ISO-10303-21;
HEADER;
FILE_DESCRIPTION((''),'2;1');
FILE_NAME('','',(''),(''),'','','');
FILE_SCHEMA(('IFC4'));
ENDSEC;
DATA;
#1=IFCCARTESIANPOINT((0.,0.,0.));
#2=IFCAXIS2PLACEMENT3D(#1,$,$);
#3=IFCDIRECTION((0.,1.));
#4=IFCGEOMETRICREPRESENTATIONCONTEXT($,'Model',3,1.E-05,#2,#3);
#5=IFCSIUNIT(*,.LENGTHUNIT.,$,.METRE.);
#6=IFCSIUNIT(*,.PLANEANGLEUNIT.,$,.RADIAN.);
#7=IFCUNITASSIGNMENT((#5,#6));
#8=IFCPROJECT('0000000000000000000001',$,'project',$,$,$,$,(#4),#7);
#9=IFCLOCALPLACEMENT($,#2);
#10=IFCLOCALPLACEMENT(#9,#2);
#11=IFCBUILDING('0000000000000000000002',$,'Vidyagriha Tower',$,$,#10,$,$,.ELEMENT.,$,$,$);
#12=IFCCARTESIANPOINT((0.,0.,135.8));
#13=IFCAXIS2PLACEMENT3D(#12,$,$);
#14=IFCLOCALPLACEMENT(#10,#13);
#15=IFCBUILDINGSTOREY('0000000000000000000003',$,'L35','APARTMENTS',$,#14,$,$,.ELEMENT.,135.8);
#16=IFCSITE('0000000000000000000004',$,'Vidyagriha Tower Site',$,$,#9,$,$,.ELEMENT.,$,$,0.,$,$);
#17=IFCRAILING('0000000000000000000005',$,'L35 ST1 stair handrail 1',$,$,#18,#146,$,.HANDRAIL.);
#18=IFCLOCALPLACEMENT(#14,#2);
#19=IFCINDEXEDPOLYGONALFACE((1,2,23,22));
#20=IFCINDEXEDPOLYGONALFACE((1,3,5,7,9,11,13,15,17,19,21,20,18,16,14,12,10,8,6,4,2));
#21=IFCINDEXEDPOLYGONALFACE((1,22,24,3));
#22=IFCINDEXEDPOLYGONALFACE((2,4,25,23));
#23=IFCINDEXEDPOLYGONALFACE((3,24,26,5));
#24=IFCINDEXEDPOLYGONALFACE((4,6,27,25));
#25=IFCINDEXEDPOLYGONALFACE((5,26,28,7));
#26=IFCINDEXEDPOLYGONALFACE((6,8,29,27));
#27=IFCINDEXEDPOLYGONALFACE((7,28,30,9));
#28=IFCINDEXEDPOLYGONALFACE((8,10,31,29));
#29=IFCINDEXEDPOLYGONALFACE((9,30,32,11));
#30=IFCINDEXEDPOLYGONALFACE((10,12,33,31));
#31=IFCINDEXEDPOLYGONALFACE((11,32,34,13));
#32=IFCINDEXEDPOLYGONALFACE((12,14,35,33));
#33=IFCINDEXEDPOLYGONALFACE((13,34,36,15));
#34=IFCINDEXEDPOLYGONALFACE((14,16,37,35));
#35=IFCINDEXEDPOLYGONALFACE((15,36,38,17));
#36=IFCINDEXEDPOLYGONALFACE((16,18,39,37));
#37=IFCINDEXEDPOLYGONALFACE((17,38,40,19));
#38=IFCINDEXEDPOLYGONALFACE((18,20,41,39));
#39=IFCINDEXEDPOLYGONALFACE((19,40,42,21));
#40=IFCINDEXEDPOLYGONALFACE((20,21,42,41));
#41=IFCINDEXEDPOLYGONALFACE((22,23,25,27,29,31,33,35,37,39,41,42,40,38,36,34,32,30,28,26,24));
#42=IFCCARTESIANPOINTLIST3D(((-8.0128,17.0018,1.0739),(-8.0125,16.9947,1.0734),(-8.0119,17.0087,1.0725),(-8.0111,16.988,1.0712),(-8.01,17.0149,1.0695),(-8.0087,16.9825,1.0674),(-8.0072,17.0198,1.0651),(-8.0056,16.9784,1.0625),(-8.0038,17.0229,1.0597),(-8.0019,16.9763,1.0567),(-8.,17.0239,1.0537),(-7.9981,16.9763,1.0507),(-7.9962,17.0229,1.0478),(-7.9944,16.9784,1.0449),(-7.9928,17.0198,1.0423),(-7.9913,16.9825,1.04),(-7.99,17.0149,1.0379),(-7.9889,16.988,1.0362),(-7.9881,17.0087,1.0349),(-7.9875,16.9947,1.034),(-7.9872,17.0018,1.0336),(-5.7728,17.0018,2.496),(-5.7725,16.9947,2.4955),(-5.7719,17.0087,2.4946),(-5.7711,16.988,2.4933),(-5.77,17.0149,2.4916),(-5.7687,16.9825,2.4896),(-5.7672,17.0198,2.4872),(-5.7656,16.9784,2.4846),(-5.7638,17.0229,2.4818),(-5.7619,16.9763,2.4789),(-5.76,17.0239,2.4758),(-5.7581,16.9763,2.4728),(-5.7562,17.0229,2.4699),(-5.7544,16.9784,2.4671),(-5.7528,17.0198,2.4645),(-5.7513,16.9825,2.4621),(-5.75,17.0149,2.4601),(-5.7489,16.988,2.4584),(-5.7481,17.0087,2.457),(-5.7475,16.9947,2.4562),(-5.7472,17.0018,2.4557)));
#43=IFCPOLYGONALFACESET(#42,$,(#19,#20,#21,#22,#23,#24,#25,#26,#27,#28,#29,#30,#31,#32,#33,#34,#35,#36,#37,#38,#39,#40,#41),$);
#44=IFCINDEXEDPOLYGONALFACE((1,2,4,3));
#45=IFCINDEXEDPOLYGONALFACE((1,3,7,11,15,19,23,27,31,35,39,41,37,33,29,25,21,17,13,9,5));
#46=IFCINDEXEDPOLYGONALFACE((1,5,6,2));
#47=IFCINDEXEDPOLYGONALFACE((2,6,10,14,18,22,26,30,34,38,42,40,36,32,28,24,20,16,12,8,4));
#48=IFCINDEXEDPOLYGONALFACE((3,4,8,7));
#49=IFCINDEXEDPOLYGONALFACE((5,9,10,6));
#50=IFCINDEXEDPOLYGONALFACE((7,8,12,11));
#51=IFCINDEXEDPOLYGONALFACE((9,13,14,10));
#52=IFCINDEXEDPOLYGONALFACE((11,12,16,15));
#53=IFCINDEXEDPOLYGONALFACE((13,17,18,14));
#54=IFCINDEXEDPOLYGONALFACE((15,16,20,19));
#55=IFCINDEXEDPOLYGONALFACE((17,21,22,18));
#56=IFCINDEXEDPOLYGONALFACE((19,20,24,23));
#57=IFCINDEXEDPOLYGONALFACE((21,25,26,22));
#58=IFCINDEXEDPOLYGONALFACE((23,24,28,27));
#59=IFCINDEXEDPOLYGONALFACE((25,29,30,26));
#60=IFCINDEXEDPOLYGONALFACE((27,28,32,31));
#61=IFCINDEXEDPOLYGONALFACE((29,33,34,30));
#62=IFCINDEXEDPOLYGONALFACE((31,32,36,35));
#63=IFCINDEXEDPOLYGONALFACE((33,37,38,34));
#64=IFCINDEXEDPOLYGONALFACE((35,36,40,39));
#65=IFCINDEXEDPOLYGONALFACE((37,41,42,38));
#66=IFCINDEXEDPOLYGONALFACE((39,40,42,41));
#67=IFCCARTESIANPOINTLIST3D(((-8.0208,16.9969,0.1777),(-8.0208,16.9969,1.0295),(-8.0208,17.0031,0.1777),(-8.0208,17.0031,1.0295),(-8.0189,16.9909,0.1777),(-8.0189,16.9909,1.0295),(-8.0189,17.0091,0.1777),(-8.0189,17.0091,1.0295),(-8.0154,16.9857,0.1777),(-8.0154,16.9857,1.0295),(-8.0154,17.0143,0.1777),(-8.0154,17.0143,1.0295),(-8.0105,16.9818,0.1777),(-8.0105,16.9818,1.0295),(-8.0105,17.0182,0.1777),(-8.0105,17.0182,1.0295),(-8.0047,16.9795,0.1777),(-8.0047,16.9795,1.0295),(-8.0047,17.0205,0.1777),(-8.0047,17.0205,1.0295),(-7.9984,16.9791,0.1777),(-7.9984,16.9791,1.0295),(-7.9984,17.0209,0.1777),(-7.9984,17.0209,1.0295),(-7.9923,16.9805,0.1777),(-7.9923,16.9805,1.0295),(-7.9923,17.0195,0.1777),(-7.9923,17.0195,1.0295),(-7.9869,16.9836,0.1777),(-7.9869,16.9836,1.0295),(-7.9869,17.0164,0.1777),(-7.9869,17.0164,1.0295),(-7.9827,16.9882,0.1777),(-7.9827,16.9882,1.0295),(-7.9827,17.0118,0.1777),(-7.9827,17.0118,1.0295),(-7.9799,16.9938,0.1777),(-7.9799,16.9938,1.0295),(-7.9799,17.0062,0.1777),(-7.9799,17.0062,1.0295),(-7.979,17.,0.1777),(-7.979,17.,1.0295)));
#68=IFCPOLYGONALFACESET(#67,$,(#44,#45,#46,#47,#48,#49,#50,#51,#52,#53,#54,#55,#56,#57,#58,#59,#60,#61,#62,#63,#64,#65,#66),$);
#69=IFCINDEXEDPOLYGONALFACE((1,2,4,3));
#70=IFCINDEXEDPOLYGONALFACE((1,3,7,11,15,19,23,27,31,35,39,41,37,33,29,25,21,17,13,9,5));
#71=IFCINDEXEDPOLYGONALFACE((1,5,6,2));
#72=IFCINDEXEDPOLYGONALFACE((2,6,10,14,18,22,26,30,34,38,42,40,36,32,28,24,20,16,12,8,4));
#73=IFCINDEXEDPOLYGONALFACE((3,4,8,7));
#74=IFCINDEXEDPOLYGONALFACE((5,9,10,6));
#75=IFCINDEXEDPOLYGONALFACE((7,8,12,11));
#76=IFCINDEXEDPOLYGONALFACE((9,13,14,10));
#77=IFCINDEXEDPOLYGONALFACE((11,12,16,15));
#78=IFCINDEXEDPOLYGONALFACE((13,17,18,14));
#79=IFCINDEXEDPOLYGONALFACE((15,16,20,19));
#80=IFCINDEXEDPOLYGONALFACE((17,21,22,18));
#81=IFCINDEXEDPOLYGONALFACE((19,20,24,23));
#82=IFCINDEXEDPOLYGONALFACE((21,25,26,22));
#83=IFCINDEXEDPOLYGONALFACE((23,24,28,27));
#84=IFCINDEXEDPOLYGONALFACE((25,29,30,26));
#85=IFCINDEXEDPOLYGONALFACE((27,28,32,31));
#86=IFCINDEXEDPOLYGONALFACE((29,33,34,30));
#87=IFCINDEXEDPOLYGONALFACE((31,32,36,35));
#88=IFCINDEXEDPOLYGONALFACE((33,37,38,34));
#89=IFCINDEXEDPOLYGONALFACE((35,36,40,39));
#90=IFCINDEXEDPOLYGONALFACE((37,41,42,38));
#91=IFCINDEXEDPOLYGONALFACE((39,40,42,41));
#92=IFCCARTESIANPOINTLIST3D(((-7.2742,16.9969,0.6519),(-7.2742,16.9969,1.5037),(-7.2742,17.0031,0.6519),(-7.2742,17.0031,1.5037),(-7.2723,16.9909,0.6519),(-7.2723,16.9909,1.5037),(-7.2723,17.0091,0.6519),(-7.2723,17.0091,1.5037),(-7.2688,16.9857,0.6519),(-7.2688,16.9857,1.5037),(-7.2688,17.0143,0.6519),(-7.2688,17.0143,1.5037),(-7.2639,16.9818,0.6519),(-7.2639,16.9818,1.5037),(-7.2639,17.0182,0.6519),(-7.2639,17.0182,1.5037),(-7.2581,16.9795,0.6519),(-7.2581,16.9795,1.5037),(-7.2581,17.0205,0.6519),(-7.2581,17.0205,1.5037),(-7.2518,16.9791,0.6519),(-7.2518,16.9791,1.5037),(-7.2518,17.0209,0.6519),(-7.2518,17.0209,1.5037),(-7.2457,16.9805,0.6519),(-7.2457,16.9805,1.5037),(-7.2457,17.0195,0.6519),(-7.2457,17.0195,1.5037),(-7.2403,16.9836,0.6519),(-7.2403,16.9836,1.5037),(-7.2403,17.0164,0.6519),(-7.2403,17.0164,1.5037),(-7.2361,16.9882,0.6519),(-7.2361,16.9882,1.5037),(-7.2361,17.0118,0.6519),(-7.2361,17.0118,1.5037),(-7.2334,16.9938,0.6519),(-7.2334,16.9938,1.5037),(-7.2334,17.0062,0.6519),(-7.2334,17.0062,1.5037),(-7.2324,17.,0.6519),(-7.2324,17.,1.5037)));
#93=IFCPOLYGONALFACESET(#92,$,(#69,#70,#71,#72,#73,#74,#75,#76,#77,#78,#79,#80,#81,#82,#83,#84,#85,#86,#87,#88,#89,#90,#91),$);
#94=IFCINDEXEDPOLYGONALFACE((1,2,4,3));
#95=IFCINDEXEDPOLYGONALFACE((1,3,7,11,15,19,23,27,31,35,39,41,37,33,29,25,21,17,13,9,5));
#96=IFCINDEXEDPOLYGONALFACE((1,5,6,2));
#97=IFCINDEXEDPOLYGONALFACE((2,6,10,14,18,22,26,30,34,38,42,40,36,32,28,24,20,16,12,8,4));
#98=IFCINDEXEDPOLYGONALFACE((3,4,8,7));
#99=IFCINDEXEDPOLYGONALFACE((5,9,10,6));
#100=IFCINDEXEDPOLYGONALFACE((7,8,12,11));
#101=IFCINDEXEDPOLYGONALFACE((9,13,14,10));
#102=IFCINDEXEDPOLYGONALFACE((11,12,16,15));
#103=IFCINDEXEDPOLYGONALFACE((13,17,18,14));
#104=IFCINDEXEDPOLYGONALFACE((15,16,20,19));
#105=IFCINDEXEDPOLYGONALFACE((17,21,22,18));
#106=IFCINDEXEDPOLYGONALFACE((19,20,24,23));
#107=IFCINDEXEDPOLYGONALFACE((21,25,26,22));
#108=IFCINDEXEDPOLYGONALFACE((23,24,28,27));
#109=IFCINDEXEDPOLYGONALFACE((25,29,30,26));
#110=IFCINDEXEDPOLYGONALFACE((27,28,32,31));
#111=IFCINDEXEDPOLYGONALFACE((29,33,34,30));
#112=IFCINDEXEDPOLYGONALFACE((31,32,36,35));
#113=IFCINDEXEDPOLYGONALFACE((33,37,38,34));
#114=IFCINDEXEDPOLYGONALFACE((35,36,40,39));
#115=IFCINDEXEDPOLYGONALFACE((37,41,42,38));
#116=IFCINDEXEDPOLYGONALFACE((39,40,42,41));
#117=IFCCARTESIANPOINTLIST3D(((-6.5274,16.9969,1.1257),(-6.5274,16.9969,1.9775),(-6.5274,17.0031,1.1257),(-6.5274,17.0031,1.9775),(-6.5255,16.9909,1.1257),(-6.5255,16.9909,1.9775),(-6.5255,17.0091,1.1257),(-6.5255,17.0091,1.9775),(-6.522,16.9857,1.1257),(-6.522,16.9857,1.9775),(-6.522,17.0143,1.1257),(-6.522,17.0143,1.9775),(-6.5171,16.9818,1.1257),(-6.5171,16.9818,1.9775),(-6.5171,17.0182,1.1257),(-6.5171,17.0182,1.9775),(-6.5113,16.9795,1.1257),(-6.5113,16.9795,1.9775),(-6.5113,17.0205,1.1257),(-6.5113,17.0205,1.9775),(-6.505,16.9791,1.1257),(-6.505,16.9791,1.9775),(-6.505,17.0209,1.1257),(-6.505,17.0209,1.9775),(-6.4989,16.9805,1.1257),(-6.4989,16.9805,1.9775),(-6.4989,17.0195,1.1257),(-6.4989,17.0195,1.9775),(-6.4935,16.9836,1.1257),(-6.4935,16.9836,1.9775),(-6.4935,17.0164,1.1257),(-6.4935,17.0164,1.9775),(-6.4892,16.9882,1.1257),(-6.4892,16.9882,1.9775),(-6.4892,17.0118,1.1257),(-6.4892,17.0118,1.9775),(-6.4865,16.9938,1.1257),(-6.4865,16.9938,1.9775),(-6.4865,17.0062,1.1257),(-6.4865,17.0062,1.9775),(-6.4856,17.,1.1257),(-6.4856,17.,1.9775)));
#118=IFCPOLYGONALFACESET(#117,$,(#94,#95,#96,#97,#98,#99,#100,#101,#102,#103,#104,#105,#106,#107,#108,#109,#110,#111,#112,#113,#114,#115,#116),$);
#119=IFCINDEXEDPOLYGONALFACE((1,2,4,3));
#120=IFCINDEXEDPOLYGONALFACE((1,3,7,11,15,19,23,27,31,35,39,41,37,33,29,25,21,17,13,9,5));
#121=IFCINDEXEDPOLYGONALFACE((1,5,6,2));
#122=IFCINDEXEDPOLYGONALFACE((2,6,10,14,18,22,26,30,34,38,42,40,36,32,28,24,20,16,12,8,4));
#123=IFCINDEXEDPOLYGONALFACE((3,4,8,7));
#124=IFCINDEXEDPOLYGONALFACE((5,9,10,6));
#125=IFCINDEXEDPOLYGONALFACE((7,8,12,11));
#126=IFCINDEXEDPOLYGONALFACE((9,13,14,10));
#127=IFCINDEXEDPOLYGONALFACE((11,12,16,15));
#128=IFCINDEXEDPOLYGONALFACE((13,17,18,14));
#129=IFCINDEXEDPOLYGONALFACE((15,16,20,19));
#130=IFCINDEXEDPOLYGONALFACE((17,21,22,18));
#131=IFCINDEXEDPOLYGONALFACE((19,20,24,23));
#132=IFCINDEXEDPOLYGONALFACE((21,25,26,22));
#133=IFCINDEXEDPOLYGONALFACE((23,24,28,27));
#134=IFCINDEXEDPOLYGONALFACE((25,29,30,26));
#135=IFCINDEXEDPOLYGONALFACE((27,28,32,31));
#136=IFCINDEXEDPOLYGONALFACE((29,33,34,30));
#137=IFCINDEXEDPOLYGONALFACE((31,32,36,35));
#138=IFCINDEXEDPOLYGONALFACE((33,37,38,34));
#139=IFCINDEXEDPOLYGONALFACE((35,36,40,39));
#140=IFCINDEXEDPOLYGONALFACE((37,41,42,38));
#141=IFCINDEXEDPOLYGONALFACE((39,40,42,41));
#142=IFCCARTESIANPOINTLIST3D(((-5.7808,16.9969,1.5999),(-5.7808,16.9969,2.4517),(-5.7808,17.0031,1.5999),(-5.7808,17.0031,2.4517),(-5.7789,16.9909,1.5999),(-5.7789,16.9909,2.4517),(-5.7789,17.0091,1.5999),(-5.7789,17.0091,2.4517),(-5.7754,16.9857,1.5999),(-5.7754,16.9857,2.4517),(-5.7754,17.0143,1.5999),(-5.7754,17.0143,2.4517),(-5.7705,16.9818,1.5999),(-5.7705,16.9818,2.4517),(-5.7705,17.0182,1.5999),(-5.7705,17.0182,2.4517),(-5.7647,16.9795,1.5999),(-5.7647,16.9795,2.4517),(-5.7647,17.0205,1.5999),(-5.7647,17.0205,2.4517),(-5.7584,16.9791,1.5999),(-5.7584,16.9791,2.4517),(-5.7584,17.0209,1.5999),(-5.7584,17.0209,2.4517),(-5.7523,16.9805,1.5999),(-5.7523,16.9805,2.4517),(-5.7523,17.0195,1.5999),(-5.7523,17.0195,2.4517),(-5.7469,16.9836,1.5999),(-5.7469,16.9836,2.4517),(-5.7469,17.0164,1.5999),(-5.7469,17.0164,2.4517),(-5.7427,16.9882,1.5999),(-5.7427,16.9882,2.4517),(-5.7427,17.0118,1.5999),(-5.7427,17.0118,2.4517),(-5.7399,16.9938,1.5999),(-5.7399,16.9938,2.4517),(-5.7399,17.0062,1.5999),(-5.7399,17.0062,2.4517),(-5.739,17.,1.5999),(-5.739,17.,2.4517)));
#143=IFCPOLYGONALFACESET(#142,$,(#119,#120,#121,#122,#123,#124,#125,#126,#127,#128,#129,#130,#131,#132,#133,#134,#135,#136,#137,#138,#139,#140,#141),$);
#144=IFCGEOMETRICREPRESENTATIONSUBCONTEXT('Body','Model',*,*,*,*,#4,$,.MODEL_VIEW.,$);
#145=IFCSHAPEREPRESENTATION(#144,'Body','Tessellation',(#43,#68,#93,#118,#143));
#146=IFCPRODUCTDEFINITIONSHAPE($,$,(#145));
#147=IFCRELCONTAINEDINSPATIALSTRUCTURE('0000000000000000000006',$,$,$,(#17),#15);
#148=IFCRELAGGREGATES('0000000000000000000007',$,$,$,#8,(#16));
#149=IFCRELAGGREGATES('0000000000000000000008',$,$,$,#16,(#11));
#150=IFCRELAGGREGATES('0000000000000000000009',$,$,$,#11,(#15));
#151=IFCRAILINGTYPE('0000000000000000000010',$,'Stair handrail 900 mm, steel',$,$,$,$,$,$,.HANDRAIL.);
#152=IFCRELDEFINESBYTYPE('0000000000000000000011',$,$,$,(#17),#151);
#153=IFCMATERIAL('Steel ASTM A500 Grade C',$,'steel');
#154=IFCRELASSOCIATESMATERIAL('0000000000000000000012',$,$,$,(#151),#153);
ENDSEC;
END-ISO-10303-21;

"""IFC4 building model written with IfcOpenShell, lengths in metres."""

from ifc_helpers import new_model, si_unit, direction, frame, origin, origin_2d, place, context, subcontext, project, spatial, circle, extrude, material, type_object, element, save


model = new_model("IFC4")

# Units and contexts
model_context = context("Model", 3, precision=1e-05, world=origin(), true_north=direction((0.0, 1.0)))
body_context = subcontext(model_context, "Body", "Model", "MODEL_VIEW")
ifc_project = project(units=[si_unit("LENGTHUNIT", "METRE"), si_unit("PLANEANGLEUNIT", "RADIAN")], contexts=[model_context])

# Site, building, storey
site_placement = place(None, origin())
site = spatial("IfcSite", under=ifc_project, at=site_placement, Name="Vidyagriha Tower Site", CompositionType="ELEMENT", RefElevation=0.0)
building_placement = place(site_placement, origin())
building = spatial("IfcBuilding", under=site, at=building_placement, Name="Vidyagriha Tower", CompositionType="ELEMENT")
storey_placement = place(building_placement, frame((0.0, 0.0, 135.8)))
storey = spatial("IfcBuildingStorey", under=building, at=storey_placement, Name="L35", Description="APARTMENTS", CompositionType="ELEMENT", Elevation=135.8)

# Railing
ifc_material_1 = material(Name="Steel ASTM A500 Grade C", Category="steel")
railing_type_1 = type_object("IfcRailingType", Name="Stair handrail 900 mm, steel", PredefinedType="HANDRAIL", material=ifc_material_1)
railing_1_placement = place(storey_placement, frame((-8.0, 17.0, 0.1777)))
element("IfcRailing", 1, at=railing_1_placement, inside=storey, type_object=railing_type_1, Name="L35 ST1 stair handrail 1", PredefinedType="HANDRAIL", context=body_context, shape_type="SweptSolid", body=[
    extrude(circle(Radius=0.0239, at=origin_2d()), frame((0.0, 0.0, 0.876), z_axis=(0.844229, 0.0, 0.535982), x_axis=(0.0, 1.0, 0.0)), (0.0, 0.0, 1.0), 2.6533),
    extrude(circle(Radius=0.021, at=origin_2d()), origin(), (0.0, 0.0, 1.0), 0.8518),
    extrude(circle(Radius=0.021, at=origin_2d()), frame((0.7466, 0.0, 0.4741)), (0.0, 0.0, 1.0), 0.8518),
    extrude(circle(Radius=0.021, at=origin_2d()), frame((1.4934, 0.0, 0.948)), (0.0, 0.0, 1.0), 0.8518),
    extrude(circle(Radius=0.021, at=origin_2d()), frame((2.24, 0.0, 1.4221)), (0.0, 0.0, 1.0), 0.8518),
])

save(model, "model.ifc")
